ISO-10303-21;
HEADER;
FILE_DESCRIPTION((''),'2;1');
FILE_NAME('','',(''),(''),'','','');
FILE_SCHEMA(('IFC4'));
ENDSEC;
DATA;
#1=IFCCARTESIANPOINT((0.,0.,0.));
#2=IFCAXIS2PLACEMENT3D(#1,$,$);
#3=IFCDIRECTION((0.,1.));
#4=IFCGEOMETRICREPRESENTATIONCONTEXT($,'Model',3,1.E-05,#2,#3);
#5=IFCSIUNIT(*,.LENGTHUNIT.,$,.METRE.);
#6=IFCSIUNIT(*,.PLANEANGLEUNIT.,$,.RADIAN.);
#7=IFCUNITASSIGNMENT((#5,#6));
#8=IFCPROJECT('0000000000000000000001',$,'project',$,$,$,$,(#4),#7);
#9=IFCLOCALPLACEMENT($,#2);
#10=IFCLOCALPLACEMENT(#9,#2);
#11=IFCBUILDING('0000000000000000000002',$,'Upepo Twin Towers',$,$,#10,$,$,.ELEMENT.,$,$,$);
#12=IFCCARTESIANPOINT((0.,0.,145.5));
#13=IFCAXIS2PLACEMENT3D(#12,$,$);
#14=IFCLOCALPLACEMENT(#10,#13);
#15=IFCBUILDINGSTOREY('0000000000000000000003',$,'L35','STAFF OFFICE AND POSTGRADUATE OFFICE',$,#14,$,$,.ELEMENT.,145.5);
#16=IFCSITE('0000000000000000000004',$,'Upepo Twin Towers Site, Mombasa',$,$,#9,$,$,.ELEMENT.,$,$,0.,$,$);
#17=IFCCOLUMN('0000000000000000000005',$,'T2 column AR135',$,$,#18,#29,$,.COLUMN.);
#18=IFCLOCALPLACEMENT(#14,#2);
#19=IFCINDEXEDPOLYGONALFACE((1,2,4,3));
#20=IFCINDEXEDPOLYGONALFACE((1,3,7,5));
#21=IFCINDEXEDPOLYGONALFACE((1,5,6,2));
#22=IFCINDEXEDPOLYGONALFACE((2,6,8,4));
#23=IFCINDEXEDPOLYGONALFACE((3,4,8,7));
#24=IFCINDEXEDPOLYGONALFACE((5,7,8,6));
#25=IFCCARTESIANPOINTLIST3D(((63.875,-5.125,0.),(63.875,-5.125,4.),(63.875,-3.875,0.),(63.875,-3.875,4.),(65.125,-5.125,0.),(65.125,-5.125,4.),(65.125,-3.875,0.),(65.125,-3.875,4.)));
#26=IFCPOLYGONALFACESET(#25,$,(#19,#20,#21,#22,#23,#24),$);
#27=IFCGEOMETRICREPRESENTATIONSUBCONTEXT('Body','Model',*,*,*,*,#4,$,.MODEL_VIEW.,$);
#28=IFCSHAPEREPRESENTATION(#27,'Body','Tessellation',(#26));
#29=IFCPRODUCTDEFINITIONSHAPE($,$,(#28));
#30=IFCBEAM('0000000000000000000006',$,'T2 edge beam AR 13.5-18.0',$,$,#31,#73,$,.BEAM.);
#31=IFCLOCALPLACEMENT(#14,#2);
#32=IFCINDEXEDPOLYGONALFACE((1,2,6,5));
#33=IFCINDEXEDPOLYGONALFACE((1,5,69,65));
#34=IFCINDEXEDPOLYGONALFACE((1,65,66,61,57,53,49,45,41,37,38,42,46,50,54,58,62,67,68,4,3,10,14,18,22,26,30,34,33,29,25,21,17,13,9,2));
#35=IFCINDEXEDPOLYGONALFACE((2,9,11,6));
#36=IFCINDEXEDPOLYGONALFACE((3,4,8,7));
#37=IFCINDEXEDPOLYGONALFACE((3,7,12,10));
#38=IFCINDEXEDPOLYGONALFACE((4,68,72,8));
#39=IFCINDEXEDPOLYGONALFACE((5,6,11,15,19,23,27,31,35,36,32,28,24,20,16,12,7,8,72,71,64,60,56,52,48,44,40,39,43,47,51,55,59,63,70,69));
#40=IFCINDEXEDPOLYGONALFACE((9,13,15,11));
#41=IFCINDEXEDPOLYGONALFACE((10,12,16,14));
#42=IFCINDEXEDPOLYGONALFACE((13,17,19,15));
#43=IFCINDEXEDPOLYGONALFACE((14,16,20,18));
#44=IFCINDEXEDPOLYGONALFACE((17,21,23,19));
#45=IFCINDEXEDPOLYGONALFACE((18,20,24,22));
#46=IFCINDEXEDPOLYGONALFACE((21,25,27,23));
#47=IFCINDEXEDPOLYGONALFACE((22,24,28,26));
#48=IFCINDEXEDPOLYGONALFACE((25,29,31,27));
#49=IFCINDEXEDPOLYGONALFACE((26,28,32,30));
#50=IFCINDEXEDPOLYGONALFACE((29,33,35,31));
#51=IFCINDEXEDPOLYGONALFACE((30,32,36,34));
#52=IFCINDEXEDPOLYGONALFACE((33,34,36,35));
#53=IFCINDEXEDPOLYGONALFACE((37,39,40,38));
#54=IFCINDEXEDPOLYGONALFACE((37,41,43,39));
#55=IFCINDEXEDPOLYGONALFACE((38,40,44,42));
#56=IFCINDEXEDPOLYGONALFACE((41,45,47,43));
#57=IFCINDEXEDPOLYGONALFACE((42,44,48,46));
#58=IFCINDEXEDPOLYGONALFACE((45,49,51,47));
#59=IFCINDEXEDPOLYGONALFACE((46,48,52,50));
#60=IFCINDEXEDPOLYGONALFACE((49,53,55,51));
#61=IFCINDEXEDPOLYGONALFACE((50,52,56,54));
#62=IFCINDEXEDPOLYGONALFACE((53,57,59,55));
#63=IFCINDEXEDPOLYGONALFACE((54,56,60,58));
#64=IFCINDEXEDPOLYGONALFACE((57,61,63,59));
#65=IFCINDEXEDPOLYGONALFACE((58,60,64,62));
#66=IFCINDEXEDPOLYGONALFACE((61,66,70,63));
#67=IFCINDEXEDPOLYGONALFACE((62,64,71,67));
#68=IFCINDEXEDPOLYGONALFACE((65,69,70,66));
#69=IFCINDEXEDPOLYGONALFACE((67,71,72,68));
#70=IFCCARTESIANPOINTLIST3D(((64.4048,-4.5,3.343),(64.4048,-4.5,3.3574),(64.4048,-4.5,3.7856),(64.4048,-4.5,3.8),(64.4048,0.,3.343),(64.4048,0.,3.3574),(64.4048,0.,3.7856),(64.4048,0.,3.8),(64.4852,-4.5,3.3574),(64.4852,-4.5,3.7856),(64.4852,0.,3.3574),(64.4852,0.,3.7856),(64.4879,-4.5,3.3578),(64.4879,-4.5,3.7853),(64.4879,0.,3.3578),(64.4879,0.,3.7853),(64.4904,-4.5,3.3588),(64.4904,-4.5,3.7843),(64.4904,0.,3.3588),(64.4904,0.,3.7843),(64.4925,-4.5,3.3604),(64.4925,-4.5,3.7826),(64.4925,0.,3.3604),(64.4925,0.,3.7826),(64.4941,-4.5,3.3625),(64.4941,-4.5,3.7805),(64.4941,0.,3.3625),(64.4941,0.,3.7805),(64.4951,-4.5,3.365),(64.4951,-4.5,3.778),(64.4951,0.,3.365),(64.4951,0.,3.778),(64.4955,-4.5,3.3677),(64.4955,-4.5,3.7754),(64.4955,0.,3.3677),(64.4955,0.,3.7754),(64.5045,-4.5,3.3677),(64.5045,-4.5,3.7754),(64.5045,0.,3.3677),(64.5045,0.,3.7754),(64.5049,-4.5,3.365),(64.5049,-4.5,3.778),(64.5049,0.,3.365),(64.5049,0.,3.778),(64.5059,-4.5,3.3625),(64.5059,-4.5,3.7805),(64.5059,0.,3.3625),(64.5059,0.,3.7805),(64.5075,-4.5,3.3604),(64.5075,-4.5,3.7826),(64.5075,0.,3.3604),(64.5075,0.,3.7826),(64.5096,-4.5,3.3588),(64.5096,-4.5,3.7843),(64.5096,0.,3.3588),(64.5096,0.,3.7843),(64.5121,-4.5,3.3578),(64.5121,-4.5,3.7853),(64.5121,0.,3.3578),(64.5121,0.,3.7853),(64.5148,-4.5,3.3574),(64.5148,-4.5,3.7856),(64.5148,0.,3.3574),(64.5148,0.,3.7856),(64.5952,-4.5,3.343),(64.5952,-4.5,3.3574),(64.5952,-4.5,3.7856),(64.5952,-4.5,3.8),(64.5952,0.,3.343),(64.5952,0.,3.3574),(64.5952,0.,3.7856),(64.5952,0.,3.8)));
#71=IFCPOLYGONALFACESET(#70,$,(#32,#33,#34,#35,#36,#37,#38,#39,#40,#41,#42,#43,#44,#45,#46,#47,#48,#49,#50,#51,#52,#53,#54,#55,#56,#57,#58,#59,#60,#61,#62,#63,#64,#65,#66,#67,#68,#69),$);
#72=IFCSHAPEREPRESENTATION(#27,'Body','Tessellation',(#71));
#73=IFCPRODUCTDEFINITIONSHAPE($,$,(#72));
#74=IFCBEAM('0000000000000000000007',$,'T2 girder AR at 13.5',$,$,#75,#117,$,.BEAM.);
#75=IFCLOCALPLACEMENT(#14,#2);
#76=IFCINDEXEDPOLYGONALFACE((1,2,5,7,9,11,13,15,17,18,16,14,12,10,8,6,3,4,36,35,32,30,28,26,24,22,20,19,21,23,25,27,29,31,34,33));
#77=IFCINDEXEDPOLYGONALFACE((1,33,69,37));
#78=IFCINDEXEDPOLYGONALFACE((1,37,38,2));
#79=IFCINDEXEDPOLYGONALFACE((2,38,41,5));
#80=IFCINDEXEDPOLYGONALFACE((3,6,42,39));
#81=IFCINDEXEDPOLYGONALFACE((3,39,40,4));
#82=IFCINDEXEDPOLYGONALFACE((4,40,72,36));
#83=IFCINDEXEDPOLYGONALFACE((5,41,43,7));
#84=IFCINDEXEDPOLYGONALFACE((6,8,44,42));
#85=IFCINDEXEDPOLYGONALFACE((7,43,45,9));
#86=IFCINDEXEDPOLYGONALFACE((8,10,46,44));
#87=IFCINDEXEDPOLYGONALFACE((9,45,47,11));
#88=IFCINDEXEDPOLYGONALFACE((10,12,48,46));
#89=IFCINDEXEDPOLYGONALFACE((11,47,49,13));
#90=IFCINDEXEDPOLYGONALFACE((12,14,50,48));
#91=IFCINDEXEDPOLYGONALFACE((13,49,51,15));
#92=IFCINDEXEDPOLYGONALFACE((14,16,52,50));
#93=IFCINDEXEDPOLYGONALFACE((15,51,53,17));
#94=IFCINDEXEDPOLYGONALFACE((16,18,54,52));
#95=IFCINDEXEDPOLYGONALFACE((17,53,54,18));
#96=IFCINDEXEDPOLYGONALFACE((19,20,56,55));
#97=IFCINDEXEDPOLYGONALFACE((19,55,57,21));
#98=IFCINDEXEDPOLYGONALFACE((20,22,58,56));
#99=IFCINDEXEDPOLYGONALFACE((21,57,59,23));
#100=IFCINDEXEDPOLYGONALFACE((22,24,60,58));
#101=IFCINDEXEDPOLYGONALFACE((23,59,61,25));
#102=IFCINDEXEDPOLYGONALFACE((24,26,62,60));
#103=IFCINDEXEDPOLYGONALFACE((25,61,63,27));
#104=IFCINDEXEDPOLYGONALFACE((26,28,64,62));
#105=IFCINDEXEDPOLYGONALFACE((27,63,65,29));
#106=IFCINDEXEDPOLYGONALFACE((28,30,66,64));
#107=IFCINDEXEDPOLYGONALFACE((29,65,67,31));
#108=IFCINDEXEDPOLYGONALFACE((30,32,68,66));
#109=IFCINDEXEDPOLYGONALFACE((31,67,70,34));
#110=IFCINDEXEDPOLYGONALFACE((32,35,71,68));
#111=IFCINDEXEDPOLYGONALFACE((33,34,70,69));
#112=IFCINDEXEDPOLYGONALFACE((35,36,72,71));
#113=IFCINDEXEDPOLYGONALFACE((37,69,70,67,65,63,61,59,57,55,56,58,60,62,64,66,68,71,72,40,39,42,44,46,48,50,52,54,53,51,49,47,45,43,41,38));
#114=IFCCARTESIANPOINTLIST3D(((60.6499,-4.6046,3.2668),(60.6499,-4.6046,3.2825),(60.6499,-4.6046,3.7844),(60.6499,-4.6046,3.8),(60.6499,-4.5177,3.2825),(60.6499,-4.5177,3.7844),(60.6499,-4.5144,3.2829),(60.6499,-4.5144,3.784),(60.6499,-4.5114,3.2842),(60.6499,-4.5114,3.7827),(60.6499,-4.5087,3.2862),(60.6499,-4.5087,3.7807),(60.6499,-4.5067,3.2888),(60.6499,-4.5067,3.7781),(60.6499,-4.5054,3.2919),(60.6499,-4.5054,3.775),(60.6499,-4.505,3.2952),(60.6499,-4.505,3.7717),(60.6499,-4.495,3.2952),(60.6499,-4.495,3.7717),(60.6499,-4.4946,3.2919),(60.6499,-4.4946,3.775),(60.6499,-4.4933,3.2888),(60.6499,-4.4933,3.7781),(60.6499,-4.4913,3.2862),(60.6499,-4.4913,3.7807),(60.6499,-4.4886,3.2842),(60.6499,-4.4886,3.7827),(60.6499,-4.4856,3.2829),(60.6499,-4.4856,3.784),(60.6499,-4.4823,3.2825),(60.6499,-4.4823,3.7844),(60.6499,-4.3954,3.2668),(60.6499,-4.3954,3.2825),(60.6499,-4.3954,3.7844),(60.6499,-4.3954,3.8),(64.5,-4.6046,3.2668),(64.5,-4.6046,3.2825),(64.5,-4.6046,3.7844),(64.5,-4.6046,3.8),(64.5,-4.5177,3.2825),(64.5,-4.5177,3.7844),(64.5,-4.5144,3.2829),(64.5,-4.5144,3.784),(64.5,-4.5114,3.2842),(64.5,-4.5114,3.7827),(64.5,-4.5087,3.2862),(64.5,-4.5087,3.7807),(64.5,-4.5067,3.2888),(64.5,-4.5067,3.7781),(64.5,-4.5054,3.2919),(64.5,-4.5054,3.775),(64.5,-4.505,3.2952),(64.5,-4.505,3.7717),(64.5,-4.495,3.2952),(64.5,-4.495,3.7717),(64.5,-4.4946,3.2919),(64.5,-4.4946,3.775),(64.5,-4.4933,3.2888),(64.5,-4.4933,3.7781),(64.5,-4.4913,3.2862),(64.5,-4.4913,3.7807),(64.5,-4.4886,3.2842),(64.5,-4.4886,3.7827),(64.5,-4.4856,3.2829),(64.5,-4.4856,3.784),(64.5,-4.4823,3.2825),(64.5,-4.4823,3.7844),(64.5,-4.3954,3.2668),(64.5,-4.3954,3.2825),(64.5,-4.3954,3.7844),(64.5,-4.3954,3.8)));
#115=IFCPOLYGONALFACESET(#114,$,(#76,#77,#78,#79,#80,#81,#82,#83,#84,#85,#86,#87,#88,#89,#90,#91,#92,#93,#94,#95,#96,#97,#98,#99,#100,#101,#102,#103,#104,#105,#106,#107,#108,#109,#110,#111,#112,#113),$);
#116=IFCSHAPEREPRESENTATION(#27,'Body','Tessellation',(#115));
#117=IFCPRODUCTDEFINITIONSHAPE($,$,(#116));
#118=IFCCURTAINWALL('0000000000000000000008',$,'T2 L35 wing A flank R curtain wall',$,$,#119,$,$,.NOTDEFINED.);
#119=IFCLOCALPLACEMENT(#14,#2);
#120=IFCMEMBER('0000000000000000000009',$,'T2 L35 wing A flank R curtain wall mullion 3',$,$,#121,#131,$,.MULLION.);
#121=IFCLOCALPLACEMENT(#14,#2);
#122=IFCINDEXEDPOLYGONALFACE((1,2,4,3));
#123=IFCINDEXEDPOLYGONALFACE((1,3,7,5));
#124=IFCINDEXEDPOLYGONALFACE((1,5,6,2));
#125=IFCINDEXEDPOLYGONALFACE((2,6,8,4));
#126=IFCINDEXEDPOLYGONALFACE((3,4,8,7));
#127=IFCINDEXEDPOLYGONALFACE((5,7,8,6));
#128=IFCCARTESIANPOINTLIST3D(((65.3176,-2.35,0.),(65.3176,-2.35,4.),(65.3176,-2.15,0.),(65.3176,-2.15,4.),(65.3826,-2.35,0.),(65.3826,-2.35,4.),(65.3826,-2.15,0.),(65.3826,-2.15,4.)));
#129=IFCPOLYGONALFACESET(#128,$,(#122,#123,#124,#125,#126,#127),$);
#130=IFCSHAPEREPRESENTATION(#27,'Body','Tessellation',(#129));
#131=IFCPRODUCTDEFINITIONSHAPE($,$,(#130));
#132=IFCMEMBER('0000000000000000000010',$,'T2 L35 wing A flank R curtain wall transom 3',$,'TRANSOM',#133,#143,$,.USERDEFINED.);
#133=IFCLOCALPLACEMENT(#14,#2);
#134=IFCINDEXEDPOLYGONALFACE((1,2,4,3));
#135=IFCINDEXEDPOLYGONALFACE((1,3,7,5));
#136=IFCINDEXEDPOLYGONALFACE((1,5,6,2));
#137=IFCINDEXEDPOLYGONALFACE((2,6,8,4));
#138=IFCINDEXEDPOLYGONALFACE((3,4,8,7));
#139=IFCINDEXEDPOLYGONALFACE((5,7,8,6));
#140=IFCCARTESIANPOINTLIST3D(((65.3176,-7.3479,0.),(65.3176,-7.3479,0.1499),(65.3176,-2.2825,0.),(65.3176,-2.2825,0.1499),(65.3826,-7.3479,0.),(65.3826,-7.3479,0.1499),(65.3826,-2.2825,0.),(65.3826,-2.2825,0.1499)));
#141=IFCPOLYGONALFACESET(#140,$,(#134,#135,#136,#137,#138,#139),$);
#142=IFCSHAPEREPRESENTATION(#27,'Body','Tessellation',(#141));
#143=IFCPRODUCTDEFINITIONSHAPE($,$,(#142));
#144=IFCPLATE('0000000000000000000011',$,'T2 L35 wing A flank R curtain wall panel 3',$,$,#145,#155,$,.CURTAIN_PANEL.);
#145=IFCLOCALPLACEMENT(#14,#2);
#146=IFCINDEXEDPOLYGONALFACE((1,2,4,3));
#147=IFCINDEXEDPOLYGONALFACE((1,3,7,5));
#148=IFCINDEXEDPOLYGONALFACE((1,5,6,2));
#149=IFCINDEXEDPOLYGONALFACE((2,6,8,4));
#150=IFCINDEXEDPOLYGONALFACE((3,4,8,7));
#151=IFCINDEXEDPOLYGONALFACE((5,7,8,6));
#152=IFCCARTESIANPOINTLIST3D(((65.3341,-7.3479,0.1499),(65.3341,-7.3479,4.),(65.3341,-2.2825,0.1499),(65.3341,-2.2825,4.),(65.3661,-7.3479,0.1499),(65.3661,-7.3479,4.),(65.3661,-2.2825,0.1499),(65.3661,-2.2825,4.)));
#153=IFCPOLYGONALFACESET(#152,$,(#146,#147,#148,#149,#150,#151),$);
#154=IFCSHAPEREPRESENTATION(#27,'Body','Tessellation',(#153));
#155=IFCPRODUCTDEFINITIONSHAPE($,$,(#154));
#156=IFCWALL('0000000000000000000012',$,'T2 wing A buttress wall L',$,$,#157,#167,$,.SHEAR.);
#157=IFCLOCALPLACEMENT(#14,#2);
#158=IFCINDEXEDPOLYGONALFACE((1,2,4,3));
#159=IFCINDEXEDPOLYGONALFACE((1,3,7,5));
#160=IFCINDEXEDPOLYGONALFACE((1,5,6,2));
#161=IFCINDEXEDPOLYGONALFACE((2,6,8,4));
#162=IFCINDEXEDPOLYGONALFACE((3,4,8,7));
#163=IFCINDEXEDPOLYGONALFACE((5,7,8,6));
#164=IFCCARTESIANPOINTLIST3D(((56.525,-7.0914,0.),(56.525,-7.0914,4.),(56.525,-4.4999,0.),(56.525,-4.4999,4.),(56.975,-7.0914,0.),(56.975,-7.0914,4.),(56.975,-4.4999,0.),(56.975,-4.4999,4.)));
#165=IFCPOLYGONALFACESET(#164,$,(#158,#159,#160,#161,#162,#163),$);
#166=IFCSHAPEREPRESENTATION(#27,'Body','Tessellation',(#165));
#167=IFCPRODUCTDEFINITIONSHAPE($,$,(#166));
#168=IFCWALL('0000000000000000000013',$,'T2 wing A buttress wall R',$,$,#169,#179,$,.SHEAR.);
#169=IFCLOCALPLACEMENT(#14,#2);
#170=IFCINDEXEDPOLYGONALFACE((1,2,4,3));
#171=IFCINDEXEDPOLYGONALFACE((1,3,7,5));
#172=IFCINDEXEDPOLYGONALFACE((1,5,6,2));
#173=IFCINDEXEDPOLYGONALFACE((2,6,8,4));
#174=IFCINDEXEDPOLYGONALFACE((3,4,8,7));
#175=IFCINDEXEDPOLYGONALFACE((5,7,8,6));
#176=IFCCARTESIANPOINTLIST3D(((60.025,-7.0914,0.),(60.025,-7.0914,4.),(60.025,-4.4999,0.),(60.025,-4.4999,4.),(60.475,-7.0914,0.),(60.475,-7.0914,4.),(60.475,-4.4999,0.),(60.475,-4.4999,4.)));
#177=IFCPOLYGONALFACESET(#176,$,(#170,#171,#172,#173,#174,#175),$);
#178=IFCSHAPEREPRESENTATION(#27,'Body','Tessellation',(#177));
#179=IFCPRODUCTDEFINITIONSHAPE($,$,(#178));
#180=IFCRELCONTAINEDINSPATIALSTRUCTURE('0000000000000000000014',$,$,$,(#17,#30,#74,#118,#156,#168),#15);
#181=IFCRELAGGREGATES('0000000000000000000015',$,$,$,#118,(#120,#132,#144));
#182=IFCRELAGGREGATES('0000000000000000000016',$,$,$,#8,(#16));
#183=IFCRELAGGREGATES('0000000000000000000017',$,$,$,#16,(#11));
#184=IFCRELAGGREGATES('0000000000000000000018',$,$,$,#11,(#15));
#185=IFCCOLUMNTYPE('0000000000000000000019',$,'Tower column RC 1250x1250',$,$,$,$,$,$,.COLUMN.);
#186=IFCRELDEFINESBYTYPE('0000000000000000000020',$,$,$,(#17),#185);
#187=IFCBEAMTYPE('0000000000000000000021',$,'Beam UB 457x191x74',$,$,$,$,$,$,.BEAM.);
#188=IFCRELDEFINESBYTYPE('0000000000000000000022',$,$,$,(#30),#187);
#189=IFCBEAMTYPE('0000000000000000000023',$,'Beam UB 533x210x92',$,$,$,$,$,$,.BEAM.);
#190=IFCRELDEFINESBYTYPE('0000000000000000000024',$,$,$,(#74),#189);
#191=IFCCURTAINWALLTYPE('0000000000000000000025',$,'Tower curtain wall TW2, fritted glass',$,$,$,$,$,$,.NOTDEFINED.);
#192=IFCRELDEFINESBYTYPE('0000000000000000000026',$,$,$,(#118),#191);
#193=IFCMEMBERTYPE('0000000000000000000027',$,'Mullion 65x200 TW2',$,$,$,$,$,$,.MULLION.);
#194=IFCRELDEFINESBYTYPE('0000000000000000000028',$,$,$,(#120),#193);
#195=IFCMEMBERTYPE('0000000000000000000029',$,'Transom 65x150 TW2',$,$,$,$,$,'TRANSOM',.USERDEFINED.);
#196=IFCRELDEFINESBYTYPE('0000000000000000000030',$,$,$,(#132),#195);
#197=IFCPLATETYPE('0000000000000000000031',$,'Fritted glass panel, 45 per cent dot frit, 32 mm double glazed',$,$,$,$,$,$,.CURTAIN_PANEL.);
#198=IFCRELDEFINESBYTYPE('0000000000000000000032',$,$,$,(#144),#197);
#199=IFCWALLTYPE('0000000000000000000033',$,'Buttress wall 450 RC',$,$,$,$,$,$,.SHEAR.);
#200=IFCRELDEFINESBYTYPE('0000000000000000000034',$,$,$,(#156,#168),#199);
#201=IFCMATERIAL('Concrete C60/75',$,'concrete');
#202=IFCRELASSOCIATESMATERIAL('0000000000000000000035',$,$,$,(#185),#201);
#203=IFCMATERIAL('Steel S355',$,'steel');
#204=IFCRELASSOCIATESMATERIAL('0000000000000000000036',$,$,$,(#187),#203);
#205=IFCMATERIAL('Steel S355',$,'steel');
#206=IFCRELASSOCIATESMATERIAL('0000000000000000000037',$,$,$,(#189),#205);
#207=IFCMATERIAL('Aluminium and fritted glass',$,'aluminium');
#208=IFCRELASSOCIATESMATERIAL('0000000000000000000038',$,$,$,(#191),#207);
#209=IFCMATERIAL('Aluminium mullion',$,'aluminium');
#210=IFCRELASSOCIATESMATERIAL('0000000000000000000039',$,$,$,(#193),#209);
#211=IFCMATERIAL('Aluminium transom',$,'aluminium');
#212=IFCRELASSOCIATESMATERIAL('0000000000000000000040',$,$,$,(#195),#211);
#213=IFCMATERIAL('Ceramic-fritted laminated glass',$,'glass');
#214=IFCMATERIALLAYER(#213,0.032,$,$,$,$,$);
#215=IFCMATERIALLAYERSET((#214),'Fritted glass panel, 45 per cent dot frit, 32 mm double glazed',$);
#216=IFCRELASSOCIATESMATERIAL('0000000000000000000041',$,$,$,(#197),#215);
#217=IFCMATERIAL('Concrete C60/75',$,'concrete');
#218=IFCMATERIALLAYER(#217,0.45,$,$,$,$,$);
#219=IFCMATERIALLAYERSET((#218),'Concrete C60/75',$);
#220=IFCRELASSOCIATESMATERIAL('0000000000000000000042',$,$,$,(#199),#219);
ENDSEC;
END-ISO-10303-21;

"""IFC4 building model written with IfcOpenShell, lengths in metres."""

from ifc_helpers import new_model, si_unit, direction, frame, frame_2d, origin, origin_2d, place, context, subcontext, project, spatial, rectangle, i_section, extrude, material, layer, layer_set, material_profile, profile_set, type_object, element, aggregate, save


model = new_model("IFC4")

# Units and contexts
model_context = context("Model", 3, precision=1e-05, world=origin(), true_north=direction((0.0, 1.0)))
body_context = subcontext(model_context, "Body", "Model", "MODEL_VIEW")
ifc_project = project(units=[si_unit("LENGTHUNIT", "METRE"), si_unit("PLANEANGLEUNIT", "RADIAN")], contexts=[model_context])

# Site, building, storey
site_placement = place(None, origin())
site = spatial("IfcSite", under=ifc_project, at=site_placement, Name="Upepo Twin Towers Site, Mombasa", CompositionType="ELEMENT", RefElevation=0.0)
building_placement = place(site_placement, origin())
building = spatial("IfcBuilding", under=site, at=building_placement, Name="Upepo Twin Towers", CompositionType="ELEMENT")
storey_placement = place(building_placement, frame((0.0, 0.0, 145.5)))
storey = spatial("IfcBuildingStorey", under=building, at=storey_placement, Name="L35", Description="STAFF OFFICE AND POSTGRADUATE OFFICE", CompositionType="ELEMENT", Elevation=145.5)

# Column
ifc_material_1 = material(Name="Concrete C60/75", Category="concrete")
ifc_material_profile_1 = material_profile(ifc_material_1, rectangle(XDim=1.25, YDim=1.25, at=origin_2d()), Name="RC 1250x1250")
ifc_profile_set_1 = profile_set([ifc_material_profile_1], Name="Concrete C60/75")
column_type = type_object("IfcColumnType", Name="Tower column RC 1250x1250", PredefinedType="COLUMN", material=ifc_profile_set_1)
column_placement = place(storey_placement, frame((64.5, -4.5, 0.0), z_axis=(0.0, 0.0, 1.0), x_axis=(1.0, 0.0, 0.0)))
element("IfcColumn", 1, at=column_placement, inside=storey, type_object=column_type, Name="T2 column AR135", PredefinedType="COLUMN", context=body_context, shape_type="SweptSolid", body=[
    extrude(rectangle(XDim=1.25, YDim=1.25, at=origin_2d()), origin(), (0.0, 0.0, 1.0), 4.0),
])

# Beams
ifc_material_2 = material(Name="Steel S355", Category="steel")
ifc_material_profile_2 = material_profile(ifc_material_2, i_section(OverallWidth=0.1904, OverallDepth=0.457, WebThickness=0.009, FlangeThickness=0.0144, FilletRadius=0.0103, at=origin_2d()), Name="UB 457x191x74")
ifc_profile_set_2 = profile_set([ifc_material_profile_2], Name="Steel S355")
beam_type_1 = type_object("IfcBeamType", Name="Beam UB 457x191x74", PredefinedType="BEAM", material=ifc_profile_set_2)
beam_1_placement = place(storey_placement, frame((64.5, -4.5, 3.5715), z_axis=(0.0, 1.0, 0.0), x_axis=(-1.0, 0.0, 0.0)))
element("IfcBeam", 2, at=beam_1_placement, inside=storey, type_object=beam_type_1, Name="T2 edge beam AR 13.5-18.0", PredefinedType="BEAM", context=body_context, shape_type="SweptSolid", body=[
    extrude(i_section(OverallWidth=0.1904, OverallDepth=0.457, WebThickness=0.009, FlangeThickness=0.0144, FilletRadius=0.0103, at=origin_2d()), origin(), (0.0, 0.0, 1.0), 4.5),
])
ifc_material_3 = material(Name="Steel S355", Category="steel")
ifc_material_profile_3 = material_profile(ifc_material_3, i_section(OverallWidth=0.2092, OverallDepth=0.5332, WebThickness=0.01, FlangeThickness=0.0156, FilletRadius=0.0127, at=origin_2d()), Name="UB 533x210x92")
ifc_profile_set_3 = profile_set([ifc_material_profile_3], Name="Steel S355")
beam_type_2 = type_object("IfcBeamType", Name="Beam UB 533x210x92", PredefinedType="BEAM", material=ifc_profile_set_3)
beam_2_placement = place(storey_placement, frame((64.5, -4.5, 3.5334), z_axis=(-1.0, 0.0, 0.0), x_axis=(0.0, -1.0, 0.0)))
element("IfcBeam", 3, at=beam_2_placement, inside=storey, type_object=beam_type_2, Name="T2 girder AR at 13.5", PredefinedType="BEAM", context=body_context, shape_type="SweptSolid", body=[
    extrude(i_section(OverallWidth=0.2092, OverallDepth=0.5332, WebThickness=0.01, FlangeThickness=0.0156, FilletRadius=0.0127, at=origin_2d()), origin(), (0.0, 0.0, 1.0), 3.8501),
])

# Curtain wall, members, plate
ifc_material_4 = material(Name="Aluminium and fritted glass", Category="aluminium")
curtain_wall_type = type_object("IfcCurtainWallType", Name="Tower curtain wall TW2, fritted glass", PredefinedType="NOTDEFINED", material=ifc_material_4)
curtain_wall_placement = place(storey_placement, origin())
curtain_wall = element("IfcCurtainWall", 4, at=curtain_wall_placement, inside=storey, type_object=curtain_wall_type, Name="T2 L35 wing A flank R curtain wall", PredefinedType="NOTDEFINED")
ifc_material_5 = material(Name="Aluminium mullion", Category="aluminium")
ifc_material_profile_4 = material_profile(ifc_material_5, rectangle(XDim=0.0649, YDim=0.2, at=origin_2d()), Name="MULLION 65x200")
ifc_profile_set_4 = profile_set([ifc_material_profile_4], Name="Aluminium mullion")
member_type_1 = type_object("IfcMemberType", Name="Mullion 65x200 TW2", PredefinedType="MULLION", material=ifc_profile_set_4)
member_1_placement = place(storey_placement, frame((65.3501, -2.25, 0.0), z_axis=(0.0, 0.0, 1.0), x_axis=(1.0, 0.0, 0.0)))
member_1 = element("IfcMember", 5, at=member_1_placement, type_object=member_type_1, Name="T2 L35 wing A flank R curtain wall mullion 3", PredefinedType="MULLION", context=body_context, shape_type="SweptSolid", body=[
    extrude(rectangle(XDim=0.0649, YDim=0.2, at=origin_2d()), origin(), (0.0, 0.0, 1.0), 4.0),
])
ifc_material_6 = material(Name="Aluminium transom", Category="aluminium")
ifc_material_profile_5 = material_profile(ifc_material_6, rectangle(XDim=0.0649, YDim=0.1499, at=origin_2d()), Name="TRANSOM 65x150")
ifc_profile_set_5 = profile_set([ifc_material_profile_5], Name="Aluminium transom")
member_type_2 = type_object("IfcMemberType", Name="Transom 65x150 TW2", ElementType="TRANSOM", PredefinedType="USERDEFINED", material=ifc_profile_set_5)
member_2_placement = place(storey_placement, frame((65.3501, -2.2825, 0.075), z_axis=(0.0, -1.0, 0.0), x_axis=(1.0, 0.0, 0.0)))
member_2 = element("IfcMember", 6, at=member_2_placement, type_object=member_type_2, Name="T2 L35 wing A flank R curtain wall transom 3", ObjectType="TRANSOM", PredefinedType="USERDEFINED", context=body_context, shape_type="SweptSolid", body=[
    extrude(rectangle(XDim=0.0649, YDim=0.1499, at=origin_2d()), origin(), (0.0, 0.0, 1.0), 5.0654),
])
ifc_material_7 = material(Name="Ceramic-fritted laminated glass", Category="glass")
ifc_layer_1 = layer(ifc_material_7, 0.032)
ifc_layer_set_1 = layer_set([ifc_layer_1], Name="Fritted glass panel, 45 per cent dot frit, 32 mm double glazed")
plate_type = type_object("IfcPlateType", Name="Fritted glass panel, 45 per cent dot frit, 32 mm double glazed", PredefinedType="CURTAIN_PANEL", material=ifc_layer_set_1)
plate_placement = place(storey_placement, frame((65.3501, -4.8152, 0.1499), z_axis=(0.0, 0.0, 1.0), x_axis=(0.0, -1.0, 0.0)))
plate = element("IfcPlate", 7, at=plate_placement, type_object=plate_type, Name="T2 L35 wing A flank R curtain wall panel 3", PredefinedType="CURTAIN_PANEL", context=body_context, shape_type="SweptSolid", body=[
    extrude(rectangle(XDim=5.0654, YDim=0.032, at=origin_2d()), origin(), (0.0, 0.0, 1.0), 3.8501),
])
aggregate(curtain_wall, [member_1, member_2, plate])

# Walls
ifc_material_8 = material(Name="Concrete C60/75", Category="concrete")
ifc_layer_2 = layer(ifc_material_8, 0.45)
ifc_layer_set_2 = layer_set([ifc_layer_2], Name="Concrete C60/75")
wall_type_1 = type_object("IfcWallType", Name="Buttress wall 450 RC", PredefinedType="SHEAR", material=ifc_layer_set_2)
for number, where, z_axis, x_axis, name in (
    (8, (56.75, -7.0916, 0.0), (0.0, 0.0, 1.0), (0.0, 1.0, 0.0), "T2 wing A buttress wall L"),
    (9, (60.25, -7.0916, 0.0), (0.0, 0.0, 1.0), (0.0, 1.0, 0.0), "T2 wing A buttress wall R"),
):
    element("IfcWall", number, at=place(storey_placement, frame(where, z_axis=z_axis, x_axis=x_axis)), inside=storey, type_object=wall_type_1, Name=name, PredefinedType="SHEAR", context=body_context, shape_type="SweptSolid", body=[
        extrude(rectangle(XDim=2.5916, YDim=0.45, at=frame_2d((1.2959, 0.0))), origin(), (0.0, 0.0, 1.0), 4.0),
    ])

save(model, "model.ifc")
